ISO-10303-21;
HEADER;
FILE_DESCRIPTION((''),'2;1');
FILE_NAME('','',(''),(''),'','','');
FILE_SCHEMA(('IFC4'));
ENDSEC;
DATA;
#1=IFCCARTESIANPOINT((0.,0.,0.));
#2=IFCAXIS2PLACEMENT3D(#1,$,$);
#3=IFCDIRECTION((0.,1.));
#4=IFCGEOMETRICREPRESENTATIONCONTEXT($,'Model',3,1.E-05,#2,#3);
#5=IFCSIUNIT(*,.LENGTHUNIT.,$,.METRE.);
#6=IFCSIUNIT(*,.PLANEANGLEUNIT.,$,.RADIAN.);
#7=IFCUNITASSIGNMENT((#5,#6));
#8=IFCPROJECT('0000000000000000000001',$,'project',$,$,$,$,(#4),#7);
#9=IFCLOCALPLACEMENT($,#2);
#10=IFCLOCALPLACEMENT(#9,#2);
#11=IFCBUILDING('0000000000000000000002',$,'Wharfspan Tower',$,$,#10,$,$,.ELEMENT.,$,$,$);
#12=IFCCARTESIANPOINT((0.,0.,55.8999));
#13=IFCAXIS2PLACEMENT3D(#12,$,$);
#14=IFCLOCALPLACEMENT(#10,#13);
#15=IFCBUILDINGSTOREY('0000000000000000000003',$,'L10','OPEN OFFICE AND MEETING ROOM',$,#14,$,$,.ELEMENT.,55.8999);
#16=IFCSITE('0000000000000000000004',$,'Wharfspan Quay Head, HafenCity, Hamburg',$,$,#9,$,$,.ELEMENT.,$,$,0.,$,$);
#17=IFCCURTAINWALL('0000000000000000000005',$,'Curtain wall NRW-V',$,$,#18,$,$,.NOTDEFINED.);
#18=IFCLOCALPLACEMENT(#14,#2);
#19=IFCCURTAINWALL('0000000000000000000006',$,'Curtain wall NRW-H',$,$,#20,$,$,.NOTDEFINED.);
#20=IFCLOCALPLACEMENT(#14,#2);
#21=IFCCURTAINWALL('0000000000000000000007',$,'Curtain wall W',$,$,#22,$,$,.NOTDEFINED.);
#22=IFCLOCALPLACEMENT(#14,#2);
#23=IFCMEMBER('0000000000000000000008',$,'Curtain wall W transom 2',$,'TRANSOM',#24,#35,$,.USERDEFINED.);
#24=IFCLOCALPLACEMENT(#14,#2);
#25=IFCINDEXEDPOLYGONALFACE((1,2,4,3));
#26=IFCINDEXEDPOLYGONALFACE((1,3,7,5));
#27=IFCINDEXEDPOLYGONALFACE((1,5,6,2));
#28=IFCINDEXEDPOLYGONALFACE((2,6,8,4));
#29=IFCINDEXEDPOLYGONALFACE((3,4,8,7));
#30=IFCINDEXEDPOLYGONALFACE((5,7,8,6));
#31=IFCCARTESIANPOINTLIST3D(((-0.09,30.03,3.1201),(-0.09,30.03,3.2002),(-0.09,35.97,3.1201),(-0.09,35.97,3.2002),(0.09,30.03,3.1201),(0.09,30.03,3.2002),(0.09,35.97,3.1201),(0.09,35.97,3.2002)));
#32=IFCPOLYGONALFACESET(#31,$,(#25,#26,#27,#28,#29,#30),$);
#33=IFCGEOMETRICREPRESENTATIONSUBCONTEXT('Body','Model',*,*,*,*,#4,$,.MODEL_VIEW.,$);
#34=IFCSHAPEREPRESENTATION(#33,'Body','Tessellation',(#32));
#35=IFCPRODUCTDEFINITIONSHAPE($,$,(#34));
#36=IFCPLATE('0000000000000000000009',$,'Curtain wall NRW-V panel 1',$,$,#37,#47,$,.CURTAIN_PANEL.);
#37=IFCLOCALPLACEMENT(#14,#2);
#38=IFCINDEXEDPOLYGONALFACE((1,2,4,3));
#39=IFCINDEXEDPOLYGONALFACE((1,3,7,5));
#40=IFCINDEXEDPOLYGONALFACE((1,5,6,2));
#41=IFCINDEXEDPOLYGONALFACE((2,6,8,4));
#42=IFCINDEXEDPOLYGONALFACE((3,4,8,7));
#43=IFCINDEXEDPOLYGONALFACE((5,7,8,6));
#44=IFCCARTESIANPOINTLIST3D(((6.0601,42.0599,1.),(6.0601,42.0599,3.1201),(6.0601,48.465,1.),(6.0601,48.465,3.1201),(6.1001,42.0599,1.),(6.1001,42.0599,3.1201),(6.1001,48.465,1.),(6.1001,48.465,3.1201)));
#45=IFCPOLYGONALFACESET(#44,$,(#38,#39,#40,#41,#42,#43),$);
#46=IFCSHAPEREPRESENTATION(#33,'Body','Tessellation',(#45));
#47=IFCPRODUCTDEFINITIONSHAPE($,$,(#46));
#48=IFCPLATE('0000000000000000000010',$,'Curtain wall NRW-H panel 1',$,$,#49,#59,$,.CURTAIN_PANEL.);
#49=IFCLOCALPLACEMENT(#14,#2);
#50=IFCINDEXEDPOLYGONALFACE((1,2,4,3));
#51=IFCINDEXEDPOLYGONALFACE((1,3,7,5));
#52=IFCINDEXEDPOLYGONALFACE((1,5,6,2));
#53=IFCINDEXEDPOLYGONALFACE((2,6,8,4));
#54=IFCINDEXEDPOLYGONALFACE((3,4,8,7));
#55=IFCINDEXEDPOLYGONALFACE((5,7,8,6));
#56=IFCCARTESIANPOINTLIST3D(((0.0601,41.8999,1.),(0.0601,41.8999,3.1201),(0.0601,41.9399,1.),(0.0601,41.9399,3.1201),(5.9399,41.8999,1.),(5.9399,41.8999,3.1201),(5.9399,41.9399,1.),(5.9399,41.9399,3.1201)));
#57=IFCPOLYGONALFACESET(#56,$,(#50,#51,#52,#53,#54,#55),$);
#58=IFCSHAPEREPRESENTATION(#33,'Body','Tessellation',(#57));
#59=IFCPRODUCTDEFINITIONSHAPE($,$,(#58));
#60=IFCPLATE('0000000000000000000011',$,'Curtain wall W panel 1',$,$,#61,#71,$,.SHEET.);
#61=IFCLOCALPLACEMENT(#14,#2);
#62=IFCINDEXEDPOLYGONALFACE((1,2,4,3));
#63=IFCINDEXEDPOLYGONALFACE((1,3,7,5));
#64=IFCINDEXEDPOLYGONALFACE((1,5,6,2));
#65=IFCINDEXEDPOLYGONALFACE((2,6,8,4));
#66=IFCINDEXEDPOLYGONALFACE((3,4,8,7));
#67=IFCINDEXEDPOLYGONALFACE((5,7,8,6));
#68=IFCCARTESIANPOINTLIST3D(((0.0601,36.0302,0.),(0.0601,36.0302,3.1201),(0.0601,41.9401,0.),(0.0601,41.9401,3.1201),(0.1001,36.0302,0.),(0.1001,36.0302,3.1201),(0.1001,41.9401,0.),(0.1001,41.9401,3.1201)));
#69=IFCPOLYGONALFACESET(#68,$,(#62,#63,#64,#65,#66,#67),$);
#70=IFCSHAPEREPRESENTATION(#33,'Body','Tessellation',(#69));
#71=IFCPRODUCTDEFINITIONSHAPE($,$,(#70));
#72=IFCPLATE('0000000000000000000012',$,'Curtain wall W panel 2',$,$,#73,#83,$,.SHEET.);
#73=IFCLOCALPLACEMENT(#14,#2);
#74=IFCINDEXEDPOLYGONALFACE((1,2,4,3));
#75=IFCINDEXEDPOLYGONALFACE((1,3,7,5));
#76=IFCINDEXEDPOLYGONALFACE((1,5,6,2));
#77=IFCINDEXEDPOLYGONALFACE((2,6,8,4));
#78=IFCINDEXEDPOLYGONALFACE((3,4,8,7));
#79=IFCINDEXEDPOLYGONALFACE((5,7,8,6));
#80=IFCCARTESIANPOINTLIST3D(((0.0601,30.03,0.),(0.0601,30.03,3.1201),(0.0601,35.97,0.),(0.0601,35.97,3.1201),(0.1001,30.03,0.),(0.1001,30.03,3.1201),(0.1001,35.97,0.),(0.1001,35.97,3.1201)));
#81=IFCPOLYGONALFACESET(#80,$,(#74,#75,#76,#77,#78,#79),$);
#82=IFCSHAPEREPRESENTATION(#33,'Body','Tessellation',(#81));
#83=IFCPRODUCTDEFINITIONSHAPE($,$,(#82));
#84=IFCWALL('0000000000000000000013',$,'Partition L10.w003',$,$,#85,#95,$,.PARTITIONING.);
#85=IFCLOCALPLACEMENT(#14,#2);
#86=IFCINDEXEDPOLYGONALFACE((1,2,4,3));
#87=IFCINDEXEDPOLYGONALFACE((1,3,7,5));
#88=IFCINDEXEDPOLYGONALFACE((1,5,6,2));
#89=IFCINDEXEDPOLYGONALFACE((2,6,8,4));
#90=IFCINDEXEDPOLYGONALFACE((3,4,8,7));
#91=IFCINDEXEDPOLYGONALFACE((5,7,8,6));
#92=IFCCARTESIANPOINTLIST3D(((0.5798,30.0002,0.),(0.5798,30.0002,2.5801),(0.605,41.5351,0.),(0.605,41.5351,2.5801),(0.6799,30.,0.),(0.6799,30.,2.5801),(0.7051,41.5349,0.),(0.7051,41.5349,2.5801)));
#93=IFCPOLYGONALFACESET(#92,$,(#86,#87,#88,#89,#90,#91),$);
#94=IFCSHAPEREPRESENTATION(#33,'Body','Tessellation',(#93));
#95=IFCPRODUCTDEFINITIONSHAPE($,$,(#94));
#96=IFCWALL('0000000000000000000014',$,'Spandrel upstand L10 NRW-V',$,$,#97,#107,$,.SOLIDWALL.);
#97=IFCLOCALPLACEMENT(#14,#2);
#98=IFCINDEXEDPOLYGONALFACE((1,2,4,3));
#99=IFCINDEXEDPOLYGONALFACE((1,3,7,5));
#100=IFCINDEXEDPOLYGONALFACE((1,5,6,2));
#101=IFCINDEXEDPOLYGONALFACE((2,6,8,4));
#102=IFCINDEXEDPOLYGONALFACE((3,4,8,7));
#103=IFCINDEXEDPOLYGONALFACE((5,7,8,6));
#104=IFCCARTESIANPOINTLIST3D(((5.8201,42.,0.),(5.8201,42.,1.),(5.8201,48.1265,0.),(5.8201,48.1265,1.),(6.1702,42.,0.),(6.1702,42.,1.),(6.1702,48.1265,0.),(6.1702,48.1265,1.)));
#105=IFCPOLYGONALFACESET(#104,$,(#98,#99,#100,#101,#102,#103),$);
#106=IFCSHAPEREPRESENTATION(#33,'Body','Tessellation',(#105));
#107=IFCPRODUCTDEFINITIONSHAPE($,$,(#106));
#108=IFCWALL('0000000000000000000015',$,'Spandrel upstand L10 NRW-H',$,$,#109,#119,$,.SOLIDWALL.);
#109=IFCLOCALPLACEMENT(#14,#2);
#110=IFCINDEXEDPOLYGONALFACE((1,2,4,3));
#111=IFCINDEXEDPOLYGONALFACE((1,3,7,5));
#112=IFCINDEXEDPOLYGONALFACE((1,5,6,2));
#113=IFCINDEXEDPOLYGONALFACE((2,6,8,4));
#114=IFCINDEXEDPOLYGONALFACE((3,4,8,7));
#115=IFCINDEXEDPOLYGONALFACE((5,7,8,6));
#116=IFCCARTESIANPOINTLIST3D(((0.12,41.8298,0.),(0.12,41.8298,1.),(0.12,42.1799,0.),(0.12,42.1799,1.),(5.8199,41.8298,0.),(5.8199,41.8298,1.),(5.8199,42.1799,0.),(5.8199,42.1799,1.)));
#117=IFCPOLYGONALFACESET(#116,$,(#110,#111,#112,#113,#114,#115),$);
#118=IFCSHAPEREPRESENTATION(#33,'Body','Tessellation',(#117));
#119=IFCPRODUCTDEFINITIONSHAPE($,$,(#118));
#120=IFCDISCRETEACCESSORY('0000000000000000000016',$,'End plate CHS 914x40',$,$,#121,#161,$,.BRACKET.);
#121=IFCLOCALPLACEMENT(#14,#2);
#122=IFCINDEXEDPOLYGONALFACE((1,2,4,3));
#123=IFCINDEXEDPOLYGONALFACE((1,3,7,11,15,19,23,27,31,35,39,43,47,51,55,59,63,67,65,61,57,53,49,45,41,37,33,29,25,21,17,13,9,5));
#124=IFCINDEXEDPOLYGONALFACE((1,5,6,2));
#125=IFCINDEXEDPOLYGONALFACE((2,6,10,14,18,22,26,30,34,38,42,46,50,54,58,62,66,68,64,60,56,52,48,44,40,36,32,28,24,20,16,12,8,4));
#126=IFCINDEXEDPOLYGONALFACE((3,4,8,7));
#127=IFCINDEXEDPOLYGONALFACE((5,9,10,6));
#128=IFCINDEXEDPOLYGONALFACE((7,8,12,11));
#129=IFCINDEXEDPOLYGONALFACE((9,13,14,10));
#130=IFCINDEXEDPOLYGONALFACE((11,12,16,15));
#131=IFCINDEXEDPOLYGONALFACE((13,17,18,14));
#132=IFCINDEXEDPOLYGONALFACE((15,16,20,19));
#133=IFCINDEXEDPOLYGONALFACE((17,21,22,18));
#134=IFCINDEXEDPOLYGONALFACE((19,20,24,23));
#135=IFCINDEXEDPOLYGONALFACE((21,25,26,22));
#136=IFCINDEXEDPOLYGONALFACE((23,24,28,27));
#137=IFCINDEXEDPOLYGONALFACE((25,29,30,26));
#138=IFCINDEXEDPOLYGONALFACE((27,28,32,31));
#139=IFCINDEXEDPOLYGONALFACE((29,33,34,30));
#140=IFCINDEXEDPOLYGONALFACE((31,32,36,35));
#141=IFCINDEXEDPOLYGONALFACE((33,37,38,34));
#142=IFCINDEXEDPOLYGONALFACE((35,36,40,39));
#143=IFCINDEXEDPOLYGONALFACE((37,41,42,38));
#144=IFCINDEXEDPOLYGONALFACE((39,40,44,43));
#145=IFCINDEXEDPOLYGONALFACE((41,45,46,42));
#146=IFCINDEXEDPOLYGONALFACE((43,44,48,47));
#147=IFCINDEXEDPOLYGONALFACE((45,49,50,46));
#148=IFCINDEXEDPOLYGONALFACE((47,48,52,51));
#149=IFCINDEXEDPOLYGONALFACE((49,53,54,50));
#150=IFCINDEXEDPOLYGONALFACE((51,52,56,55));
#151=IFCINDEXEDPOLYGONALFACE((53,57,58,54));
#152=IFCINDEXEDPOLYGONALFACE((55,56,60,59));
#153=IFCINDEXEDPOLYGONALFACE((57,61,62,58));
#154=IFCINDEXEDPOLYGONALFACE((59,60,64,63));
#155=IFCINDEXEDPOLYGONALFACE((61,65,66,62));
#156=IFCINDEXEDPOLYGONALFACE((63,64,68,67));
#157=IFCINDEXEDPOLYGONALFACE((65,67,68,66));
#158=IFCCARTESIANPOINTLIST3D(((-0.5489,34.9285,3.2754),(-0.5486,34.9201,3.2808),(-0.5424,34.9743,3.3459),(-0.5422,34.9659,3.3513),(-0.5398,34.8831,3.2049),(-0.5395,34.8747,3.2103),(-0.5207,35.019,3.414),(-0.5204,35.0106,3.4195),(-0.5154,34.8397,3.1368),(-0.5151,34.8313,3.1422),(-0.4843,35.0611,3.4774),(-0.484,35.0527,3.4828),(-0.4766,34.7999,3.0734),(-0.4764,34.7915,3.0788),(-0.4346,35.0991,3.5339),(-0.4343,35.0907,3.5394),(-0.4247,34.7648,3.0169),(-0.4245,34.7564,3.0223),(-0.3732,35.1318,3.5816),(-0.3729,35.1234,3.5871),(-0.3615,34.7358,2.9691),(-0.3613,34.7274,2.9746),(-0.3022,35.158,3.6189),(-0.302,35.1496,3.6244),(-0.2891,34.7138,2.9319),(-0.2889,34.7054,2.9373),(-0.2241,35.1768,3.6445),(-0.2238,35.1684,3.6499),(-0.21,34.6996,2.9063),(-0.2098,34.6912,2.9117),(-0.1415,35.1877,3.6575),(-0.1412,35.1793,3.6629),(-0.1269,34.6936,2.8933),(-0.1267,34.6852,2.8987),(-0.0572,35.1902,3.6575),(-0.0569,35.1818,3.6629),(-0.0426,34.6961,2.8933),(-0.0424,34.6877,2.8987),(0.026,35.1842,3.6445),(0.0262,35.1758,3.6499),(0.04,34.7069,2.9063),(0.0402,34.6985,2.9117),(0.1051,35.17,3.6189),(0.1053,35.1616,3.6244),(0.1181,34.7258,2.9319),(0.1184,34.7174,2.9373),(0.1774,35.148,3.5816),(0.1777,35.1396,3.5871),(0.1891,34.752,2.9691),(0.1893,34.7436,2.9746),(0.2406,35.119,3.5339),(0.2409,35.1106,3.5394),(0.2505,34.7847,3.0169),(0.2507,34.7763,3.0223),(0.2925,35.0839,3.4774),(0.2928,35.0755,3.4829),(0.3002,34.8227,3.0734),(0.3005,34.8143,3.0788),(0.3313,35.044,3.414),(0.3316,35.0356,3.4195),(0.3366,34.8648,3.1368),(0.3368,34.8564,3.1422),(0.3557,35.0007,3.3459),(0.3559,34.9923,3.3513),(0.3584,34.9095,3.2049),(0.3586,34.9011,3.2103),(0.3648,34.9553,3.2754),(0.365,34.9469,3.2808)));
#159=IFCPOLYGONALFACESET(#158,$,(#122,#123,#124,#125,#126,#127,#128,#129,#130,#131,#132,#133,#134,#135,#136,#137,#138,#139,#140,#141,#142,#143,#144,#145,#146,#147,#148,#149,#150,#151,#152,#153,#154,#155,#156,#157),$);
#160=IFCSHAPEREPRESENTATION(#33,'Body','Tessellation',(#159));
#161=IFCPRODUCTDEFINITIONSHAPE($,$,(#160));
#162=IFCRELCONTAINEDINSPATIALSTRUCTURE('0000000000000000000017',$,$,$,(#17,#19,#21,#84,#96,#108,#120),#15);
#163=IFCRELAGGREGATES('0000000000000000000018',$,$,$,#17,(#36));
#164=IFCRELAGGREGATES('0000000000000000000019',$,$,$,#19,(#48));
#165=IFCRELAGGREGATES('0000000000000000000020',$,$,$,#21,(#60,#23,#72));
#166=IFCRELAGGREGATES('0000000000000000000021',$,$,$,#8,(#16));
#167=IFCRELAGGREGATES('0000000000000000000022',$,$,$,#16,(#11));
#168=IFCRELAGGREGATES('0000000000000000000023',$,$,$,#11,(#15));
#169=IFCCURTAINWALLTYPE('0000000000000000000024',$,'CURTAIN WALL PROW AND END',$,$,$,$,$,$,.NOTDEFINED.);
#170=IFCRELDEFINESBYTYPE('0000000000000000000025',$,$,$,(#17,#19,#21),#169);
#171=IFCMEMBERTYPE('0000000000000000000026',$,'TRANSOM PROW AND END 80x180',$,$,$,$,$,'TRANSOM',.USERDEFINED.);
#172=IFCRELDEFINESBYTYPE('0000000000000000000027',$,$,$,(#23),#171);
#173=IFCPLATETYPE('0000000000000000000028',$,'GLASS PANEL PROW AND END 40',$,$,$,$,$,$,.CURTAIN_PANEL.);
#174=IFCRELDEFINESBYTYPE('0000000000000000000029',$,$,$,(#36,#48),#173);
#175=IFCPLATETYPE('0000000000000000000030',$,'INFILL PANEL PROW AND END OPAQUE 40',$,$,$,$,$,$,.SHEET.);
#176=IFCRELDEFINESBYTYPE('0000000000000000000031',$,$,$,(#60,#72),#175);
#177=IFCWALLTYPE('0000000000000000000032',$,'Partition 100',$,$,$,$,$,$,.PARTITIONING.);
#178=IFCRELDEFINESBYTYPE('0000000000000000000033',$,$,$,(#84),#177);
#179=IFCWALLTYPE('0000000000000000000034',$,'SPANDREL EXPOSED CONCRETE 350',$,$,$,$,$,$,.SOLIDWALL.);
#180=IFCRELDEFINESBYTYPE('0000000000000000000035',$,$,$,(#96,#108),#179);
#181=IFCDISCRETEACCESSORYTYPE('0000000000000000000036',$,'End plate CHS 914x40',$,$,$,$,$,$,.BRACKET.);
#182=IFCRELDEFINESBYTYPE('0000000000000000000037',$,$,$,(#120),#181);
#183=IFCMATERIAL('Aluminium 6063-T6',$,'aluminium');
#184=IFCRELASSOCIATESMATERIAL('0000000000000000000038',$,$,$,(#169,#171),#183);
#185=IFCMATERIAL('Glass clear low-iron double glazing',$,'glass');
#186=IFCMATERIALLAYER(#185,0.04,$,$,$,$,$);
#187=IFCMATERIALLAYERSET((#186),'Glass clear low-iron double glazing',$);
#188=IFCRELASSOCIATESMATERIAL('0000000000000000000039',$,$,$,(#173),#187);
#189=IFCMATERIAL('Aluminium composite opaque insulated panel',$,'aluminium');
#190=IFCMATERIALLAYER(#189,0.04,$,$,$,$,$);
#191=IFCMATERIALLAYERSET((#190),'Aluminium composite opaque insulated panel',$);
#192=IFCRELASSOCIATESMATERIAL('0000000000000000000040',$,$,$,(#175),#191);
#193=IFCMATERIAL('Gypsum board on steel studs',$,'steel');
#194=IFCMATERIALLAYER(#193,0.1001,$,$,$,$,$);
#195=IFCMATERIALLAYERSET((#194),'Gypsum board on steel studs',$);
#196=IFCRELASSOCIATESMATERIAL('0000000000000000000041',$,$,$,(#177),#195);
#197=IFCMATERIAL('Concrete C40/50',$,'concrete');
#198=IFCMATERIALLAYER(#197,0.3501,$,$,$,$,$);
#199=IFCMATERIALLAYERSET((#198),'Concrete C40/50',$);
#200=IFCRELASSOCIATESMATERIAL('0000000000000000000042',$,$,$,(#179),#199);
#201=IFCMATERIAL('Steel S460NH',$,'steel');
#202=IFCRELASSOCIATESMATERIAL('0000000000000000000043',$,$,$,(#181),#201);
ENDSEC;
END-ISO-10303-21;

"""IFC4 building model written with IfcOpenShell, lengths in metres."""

from ifc_helpers import new_model, si_unit, direction, frame, frame_2d, origin, origin_2d, place, context, subcontext, project, spatial, rectangle, circle, extrude, material, layer, layer_set, material_profile, profile_set, type_object, element, aggregate, save


model = new_model("IFC4")

# Units and contexts
model_context = context("Model", 3, precision=1e-05, world=origin(), true_north=direction((0.0, 1.0)))
body_context = subcontext(model_context, "Body", "Model", "MODEL_VIEW")
ifc_project = project(units=[si_unit("LENGTHUNIT", "METRE"), si_unit("PLANEANGLEUNIT", "RADIAN")], contexts=[model_context])

# Site, building, storey
site_placement = place(None, origin())
site = spatial("IfcSite", under=ifc_project, at=site_placement, Name="Wharfspan Quay Head, HafenCity, Hamburg", CompositionType="ELEMENT", RefElevation=0.0)
building_placement = place(site_placement, origin())
building = spatial("IfcBuilding", under=site, at=building_placement, Name="Wharfspan Tower", CompositionType="ELEMENT")
storey_placement = place(building_placement, frame((0.0, 0.0, 55.8999)))
storey = spatial("IfcBuildingStorey", under=building, at=storey_placement, Name="L10", Description="OPEN OFFICE AND MEETING ROOM", CompositionType="ELEMENT", Elevation=55.8999)

# Curtain walls
ifc_material_1 = material(Name="Aluminium 6063-T6", Category="aluminium")
curtain_wall_type = type_object("IfcCurtainWallType", Name="CURTAIN WALL PROW AND END", PredefinedType="NOTDEFINED", material=ifc_material_1)
curtain_wall_1_placement = place(storey_placement, origin())
curtain_wall_1 = element("IfcCurtainWall", 1, at=curtain_wall_1_placement, inside=storey, type_object=curtain_wall_type, Name="Curtain wall NRW-V", PredefinedType="NOTDEFINED")
curtain_wall_2_placement = place(storey_placement, origin())
curtain_wall_2 = element("IfcCurtainWall", 2, at=curtain_wall_2_placement, inside=storey, type_object=curtain_wall_type, Name="Curtain wall NRW-H", PredefinedType="NOTDEFINED")
curtain_wall_3_placement = place(storey_placement, origin())
curtain_wall_3 = element("IfcCurtainWall", 3, at=curtain_wall_3_placement, inside=storey, type_object=curtain_wall_type, Name="Curtain wall W", PredefinedType="NOTDEFINED")

# Shared definitions
ifc_material_2 = material(Name="Steel S460NH", Category="steel")

# Member
ifc_material_profile_1 = material_profile(ifc_material_1, rectangle(XDim=0.1799, YDim=0.0801, at=origin_2d()))
ifc_profile_set_1 = profile_set([ifc_material_profile_1], Name="Aluminium 6063-T6")
member_type_1 = type_object("IfcMemberType", Name="TRANSOM PROW AND END 80x180", ElementType="TRANSOM", PredefinedType="USERDEFINED", material=ifc_profile_set_1)
member_1_placement = place(storey_placement, frame((0.0, 35.97, 3.1602), z_axis=(0.0, -1.0, 0.0), x_axis=(1.0, 0.0, 0.0)))
member_1 = element("IfcMember", 4, at=member_1_placement, type_object=member_type_1, Name="Curtain wall W transom 2", ObjectType="TRANSOM", PredefinedType="USERDEFINED", context=body_context, shape_type="SweptSolid", body=[
    extrude(rectangle(XDim=0.1799, YDim=0.0801, at=origin_2d()), origin(), (0.0, 0.0, 1.0), 5.9399),
])

# Plates
ifc_material_3 = material(Name="Glass clear low-iron double glazing", Category="glass")
ifc_layer_1 = layer(ifc_material_3, 0.04)
ifc_layer_set_1 = layer_set([ifc_layer_1], Name="Glass clear low-iron double glazing")
plate_type_1 = type_object("IfcPlateType", Name="GLASS PANEL PROW AND END 40", PredefinedType="CURTAIN_PANEL", material=ifc_layer_set_1)
plate_1_placement = place(storey_placement, frame((6.0801, 45.2625, 1.0), z_axis=(0.0, 0.0, 1.0), x_axis=(0.0, -1.0, 0.0)))
plate_1 = element("IfcPlate", 5, at=plate_1_placement, type_object=plate_type_1, Name="Curtain wall NRW-V panel 1", PredefinedType="CURTAIN_PANEL", context=body_context, shape_type="SweptSolid", body=[
    extrude(rectangle(XDim=6.405, YDim=0.04, at=origin_2d()), origin(), (0.0, 0.0, 1.0), 2.1201),
])
aggregate(curtain_wall_1, [plate_1])
plate_2_placement = place(storey_placement, frame((3.0, 41.9199, 1.0), z_axis=(0.0, 0.0, 1.0), x_axis=(-1.0, 0.0, 0.0)))
plate_2 = element("IfcPlate", 6, at=plate_2_placement, type_object=plate_type_1, Name="Curtain wall NRW-H panel 1", PredefinedType="CURTAIN_PANEL", context=body_context, shape_type="SweptSolid", body=[
    extrude(rectangle(XDim=5.8799, YDim=0.04, at=origin_2d()), origin(), (0.0, 0.0, 1.0), 2.1201),
])
aggregate(curtain_wall_2, [plate_2])
ifc_material_4 = material(Name="Aluminium composite opaque insulated panel", Category="aluminium")
ifc_layer_2 = layer(ifc_material_4, 0.04)
ifc_layer_set_2 = layer_set([ifc_layer_2], Name="Aluminium composite opaque insulated panel")
plate_type_2 = type_object("IfcPlateType", Name="INFILL PANEL PROW AND END OPAQUE 40", PredefinedType="SHEET", material=ifc_layer_set_2)
plate_3_placement = place(storey_placement, frame((0.0801, 38.9851, 0.0), z_axis=(0.0, 0.0, 1.0), x_axis=(0.0, -1.0, 0.0)))
plate_3 = element("IfcPlate", 7, at=plate_3_placement, type_object=plate_type_2, Name="Curtain wall W panel 1", PredefinedType="SHEET", context=body_context, shape_type="SweptSolid", body=[
    extrude(rectangle(XDim=5.9099, YDim=0.04, at=origin_2d()), origin(), (0.0, 0.0, 1.0), 3.1201),
])
plate_4_placement = place(storey_placement, frame((0.0801, 33.0, 0.0), z_axis=(0.0, 0.0, 1.0), x_axis=(0.0, -1.0, 0.0)))
plate_4 = element("IfcPlate", 8, at=plate_4_placement, type_object=plate_type_2, Name="Curtain wall W panel 2", PredefinedType="SHEET", context=body_context, shape_type="SweptSolid", body=[
    extrude(rectangle(XDim=5.9399, YDim=0.04, at=origin_2d()), origin(), (0.0, 0.0, 1.0), 3.1201),
])
aggregate(curtain_wall_3, [plate_3, member_1, plate_4])

# Walls
ifc_material_5 = material(Name="Gypsum board on steel studs", Category="steel")
ifc_layer_3 = layer(ifc_material_5, 0.1001)
ifc_layer_set_3 = layer_set([ifc_layer_3], Name="Gypsum board on steel studs")
wall_type_1 = type_object("IfcWallType", Name="Partition 100", PredefinedType="PARTITIONING", material=ifc_layer_set_3)
wall_1_placement = place(storey_placement, frame((0.6299, 30.0, 0.0), z_axis=(0.0, 0.0, 1.0), x_axis=(0.00218, 0.999994, 0.0)))
element("IfcWall", 9, at=wall_1_placement, inside=storey, type_object=wall_type_1, Name="Partition L10.w003", PredefinedType="PARTITIONING", context=body_context, shape_type="SweptSolid", body=[
    extrude(rectangle(XDim=11.5349, YDim=0.1001, at=frame_2d((5.7676, 0.0))), origin(), (0.0, 0.0, 1.0), 2.5801),
])
ifc_material_6 = material(Name="Concrete C40/50", Category="concrete")
ifc_layer_4 = layer(ifc_material_6, 0.3501)
ifc_layer_set_4 = layer_set([ifc_layer_4], Name="Concrete C40/50")
wall_type_2 = type_object("IfcWallType", Name="SPANDREL EXPOSED CONCRETE 350", PredefinedType="SOLIDWALL", material=ifc_layer_set_4)
wall_2_placement = place(storey_placement, frame((5.9951, 48.1265, 0.0), z_axis=(0.0, 0.0, 1.0), x_axis=(0.0, -1.0, 0.0)))
element("IfcWall", 10, at=wall_2_placement, inside=storey, type_object=wall_type_2, Name="Spandrel upstand L10 NRW-V", PredefinedType="SOLIDWALL", context=body_context, shape_type="SweptSolid", body=[
    extrude(rectangle(XDim=6.1265, YDim=0.3501, at=frame_2d((3.0632, 0.0))), origin(), (0.0, 0.0, 1.0), 1.0),
])
wall_3_placement = place(storey_placement, frame((5.8201, 42.0049, 0.0), z_axis=(0.0, 0.0, 1.0), x_axis=(-1.0, 0.0, 0.0)))
element("IfcWall", 11, at=wall_3_placement, inside=storey, type_object=wall_type_2, Name="Spandrel upstand L10 NRW-H", PredefinedType="SOLIDWALL", context=body_context, shape_type="SweptSolid", body=[
    extrude(rectangle(XDim=5.7, YDim=0.3501, at=frame_2d((2.8501, 0.0))), origin(), (0.0, 0.0, 1.0), 1.0),
])

# Discrete accessory
ifc_material_profile_2 = material_profile(ifc_material_2, circle(Radius=0.457, at=origin_2d()))
ifc_profile_set_2 = profile_set([ifc_material_profile_2], Name="Steel S460NH")
discrete_accessory_type = type_object("IfcDiscreteAccessoryType", Name="End plate CHS 914x40", PredefinedType="BRACKET", material=ifc_profile_set_2)
for number, where, z_axis, x_axis, name in (
    (12, (-0.092, 34.9419, 3.2754), (0.024686, -0.839314, 0.543086), (0.999566, 0.0294, 0.000001), "End plate CHS 914x40"),
):
    element("IfcDiscreteAccessory", number, at=place(storey_placement, frame(where, z_axis=z_axis, x_axis=x_axis)), inside=storey, type_object=discrete_accessory_type, Name=name, PredefinedType="BRACKET", context=body_context, shape_type="SweptSolid", body=[
        extrude(circle(Radius=0.457, at=origin_2d()), origin(), (0.0, 0.0, 1.0), 0.01),
    ])

save(model, "model.ifc")
